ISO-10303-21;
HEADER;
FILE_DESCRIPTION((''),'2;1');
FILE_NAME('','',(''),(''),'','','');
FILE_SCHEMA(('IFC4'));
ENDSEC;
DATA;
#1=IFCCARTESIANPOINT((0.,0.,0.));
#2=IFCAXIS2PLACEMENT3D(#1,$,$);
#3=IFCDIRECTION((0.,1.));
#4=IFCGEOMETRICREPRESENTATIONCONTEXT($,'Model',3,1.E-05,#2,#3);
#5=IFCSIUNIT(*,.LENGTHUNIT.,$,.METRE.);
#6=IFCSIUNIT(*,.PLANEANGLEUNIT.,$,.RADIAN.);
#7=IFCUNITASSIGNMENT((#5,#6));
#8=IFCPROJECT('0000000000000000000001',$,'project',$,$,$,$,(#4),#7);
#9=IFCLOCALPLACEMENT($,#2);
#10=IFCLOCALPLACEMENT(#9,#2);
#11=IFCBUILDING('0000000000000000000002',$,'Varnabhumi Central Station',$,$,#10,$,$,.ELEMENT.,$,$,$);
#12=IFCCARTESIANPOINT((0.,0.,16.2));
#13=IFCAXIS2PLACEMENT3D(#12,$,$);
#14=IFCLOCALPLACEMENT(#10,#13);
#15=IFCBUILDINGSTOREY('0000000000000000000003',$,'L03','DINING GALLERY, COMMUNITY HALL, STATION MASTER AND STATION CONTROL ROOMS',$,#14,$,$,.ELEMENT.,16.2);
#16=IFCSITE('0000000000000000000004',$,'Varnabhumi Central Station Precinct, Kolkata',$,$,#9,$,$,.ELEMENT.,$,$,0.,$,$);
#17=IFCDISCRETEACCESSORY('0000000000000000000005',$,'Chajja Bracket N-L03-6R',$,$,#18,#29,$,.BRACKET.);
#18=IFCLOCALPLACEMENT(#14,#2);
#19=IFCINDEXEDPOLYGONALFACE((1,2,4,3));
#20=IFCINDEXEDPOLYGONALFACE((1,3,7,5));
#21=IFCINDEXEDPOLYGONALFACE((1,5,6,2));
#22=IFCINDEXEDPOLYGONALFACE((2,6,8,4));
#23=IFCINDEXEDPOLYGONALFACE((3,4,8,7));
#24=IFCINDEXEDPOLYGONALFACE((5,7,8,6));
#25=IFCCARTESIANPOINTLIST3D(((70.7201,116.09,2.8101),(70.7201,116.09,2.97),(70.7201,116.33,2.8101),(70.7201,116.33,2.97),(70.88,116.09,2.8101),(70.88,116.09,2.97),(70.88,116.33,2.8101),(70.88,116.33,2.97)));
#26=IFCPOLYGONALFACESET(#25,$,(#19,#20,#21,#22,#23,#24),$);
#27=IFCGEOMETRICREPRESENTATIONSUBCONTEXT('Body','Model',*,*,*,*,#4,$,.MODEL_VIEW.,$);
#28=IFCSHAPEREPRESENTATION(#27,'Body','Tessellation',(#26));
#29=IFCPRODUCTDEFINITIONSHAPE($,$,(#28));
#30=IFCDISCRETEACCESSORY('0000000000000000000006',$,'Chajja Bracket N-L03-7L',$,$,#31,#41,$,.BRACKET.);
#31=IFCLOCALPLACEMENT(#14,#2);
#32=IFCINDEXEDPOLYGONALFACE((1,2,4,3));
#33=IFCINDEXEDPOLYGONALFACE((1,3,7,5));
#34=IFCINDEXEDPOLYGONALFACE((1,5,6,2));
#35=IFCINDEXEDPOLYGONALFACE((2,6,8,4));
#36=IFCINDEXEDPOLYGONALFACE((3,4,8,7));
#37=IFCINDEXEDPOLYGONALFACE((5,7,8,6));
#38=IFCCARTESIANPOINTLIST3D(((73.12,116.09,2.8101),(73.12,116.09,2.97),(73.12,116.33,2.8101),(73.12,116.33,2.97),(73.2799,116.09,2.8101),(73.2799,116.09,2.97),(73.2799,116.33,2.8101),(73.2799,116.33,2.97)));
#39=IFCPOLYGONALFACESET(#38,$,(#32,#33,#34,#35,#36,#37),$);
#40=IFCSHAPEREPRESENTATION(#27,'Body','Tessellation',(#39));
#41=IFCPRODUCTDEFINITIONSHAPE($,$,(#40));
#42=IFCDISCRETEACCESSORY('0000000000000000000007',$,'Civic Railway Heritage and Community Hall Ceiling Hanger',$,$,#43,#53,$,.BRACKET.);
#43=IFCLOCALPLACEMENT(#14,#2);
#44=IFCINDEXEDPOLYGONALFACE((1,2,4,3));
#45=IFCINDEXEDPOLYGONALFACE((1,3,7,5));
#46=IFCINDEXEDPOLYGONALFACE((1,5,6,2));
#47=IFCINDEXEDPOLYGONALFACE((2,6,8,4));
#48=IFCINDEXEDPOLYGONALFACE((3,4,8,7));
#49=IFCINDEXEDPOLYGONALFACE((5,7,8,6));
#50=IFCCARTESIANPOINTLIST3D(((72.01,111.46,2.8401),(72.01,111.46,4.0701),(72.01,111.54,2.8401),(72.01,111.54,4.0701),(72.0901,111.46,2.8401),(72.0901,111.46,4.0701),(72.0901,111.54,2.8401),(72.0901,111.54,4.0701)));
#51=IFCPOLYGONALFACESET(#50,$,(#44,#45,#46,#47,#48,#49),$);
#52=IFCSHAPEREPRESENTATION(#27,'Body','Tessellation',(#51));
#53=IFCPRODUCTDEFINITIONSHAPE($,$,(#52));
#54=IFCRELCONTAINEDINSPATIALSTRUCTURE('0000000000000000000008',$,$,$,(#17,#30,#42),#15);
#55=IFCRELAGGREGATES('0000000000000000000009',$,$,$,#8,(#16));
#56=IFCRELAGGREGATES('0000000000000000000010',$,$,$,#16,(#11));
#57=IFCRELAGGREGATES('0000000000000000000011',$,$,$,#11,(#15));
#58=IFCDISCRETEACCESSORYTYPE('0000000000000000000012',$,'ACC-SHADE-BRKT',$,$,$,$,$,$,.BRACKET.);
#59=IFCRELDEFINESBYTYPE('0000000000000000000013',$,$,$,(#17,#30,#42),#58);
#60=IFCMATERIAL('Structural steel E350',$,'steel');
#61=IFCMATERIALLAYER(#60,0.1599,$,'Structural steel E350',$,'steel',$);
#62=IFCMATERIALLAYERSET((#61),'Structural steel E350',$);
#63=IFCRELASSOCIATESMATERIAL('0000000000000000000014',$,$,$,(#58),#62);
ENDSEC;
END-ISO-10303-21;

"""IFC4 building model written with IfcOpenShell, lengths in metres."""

from ifc_helpers import new_model, si_unit, direction, frame, origin, origin_2d, place, context, subcontext, project, spatial, rectangle, extrude, material, layer, layer_set, type_object, element, save


model = new_model("IFC4")

# Units and contexts
model_context = context("Model", 3, precision=1e-05, world=origin(), true_north=direction((0.0, 1.0)))
body_context = subcontext(model_context, "Body", "Model", "MODEL_VIEW")
ifc_project = project(units=[si_unit("LENGTHUNIT", "METRE"), si_unit("PLANEANGLEUNIT", "RADIAN")], contexts=[model_context])

# Site, building, storey
site_placement = place(None, origin())
site = spatial("IfcSite", under=ifc_project, at=site_placement, Name="Varnabhumi Central Station Precinct, Kolkata", CompositionType="ELEMENT", RefElevation=0.0)
building_placement = place(site_placement, origin())
building = spatial("IfcBuilding", under=site, at=building_placement, Name="Varnabhumi Central Station", CompositionType="ELEMENT")
storey_placement = place(building_placement, frame((0.0, 0.0, 16.2)))
storey = spatial("IfcBuildingStorey", under=building, at=storey_placement, Name="L03", Description="DINING GALLERY, COMMUNITY HALL, STATION MASTER AND STATION CONTROL ROOMS", CompositionType="ELEMENT", Elevation=16.2)

# Shared definitions
ifc_material_1 = material(Name="Structural steel E350", Category="steel")

# Discrete accessories
ifc_layer_1 = layer(ifc_material_1, 0.1599, Name="Structural steel E350", Category="steel")
ifc_layer_set_1 = layer_set([ifc_layer_1], Name="Structural steel E350")
discrete_accessory_type = type_object("IfcDiscreteAccessoryType", Name="ACC-SHADE-BRKT", PredefinedType="BRACKET", material=ifc_layer_set_1)
for number, where, z_axis, x_axis, name in (
    (1, (70.8, 116.21, 2.8101), (0.0, 0.0, 1.0), (1.0, 0.0, 0.0), "Chajja Bracket N-L03-6R"),
    (2, (73.2, 116.21, 2.8101), (0.0, 0.0, 1.0), (1.0, 0.0, 0.0), "Chajja Bracket N-L03-7L"),
):
    element("IfcDiscreteAccessory", number, at=place(storey_placement, frame(where, z_axis=z_axis, x_axis=x_axis)), inside=storey, type_object=discrete_accessory_type, Name=name, PredefinedType="BRACKET", context=body_context, shape_type="SweptSolid", body=[
        extrude(rectangle(XDim=0.1599, YDim=0.24, at=origin_2d()), origin(), (0.0, 0.0, 1.0), 0.1599),
    ])
discrete_accessory_placement = place(storey_placement, frame((72.05, 111.5, 2.8401), z_axis=(0.0, 0.0, 1.0), x_axis=(1.0, 0.0, 0.0)))
element("IfcDiscreteAccessory", 3, at=discrete_accessory_placement, inside=storey, type_object=discrete_accessory_type, Name="Civic Railway Heritage and Community Hall Ceiling Hanger", PredefinedType="BRACKET", context=body_context, shape_type="SweptSolid", body=[
    extrude(rectangle(XDim=0.0801, YDim=0.0801, at=origin_2d()), origin(), (0.0, 0.0, 1.0), 1.23),
])

save(model, "model.ifc")
